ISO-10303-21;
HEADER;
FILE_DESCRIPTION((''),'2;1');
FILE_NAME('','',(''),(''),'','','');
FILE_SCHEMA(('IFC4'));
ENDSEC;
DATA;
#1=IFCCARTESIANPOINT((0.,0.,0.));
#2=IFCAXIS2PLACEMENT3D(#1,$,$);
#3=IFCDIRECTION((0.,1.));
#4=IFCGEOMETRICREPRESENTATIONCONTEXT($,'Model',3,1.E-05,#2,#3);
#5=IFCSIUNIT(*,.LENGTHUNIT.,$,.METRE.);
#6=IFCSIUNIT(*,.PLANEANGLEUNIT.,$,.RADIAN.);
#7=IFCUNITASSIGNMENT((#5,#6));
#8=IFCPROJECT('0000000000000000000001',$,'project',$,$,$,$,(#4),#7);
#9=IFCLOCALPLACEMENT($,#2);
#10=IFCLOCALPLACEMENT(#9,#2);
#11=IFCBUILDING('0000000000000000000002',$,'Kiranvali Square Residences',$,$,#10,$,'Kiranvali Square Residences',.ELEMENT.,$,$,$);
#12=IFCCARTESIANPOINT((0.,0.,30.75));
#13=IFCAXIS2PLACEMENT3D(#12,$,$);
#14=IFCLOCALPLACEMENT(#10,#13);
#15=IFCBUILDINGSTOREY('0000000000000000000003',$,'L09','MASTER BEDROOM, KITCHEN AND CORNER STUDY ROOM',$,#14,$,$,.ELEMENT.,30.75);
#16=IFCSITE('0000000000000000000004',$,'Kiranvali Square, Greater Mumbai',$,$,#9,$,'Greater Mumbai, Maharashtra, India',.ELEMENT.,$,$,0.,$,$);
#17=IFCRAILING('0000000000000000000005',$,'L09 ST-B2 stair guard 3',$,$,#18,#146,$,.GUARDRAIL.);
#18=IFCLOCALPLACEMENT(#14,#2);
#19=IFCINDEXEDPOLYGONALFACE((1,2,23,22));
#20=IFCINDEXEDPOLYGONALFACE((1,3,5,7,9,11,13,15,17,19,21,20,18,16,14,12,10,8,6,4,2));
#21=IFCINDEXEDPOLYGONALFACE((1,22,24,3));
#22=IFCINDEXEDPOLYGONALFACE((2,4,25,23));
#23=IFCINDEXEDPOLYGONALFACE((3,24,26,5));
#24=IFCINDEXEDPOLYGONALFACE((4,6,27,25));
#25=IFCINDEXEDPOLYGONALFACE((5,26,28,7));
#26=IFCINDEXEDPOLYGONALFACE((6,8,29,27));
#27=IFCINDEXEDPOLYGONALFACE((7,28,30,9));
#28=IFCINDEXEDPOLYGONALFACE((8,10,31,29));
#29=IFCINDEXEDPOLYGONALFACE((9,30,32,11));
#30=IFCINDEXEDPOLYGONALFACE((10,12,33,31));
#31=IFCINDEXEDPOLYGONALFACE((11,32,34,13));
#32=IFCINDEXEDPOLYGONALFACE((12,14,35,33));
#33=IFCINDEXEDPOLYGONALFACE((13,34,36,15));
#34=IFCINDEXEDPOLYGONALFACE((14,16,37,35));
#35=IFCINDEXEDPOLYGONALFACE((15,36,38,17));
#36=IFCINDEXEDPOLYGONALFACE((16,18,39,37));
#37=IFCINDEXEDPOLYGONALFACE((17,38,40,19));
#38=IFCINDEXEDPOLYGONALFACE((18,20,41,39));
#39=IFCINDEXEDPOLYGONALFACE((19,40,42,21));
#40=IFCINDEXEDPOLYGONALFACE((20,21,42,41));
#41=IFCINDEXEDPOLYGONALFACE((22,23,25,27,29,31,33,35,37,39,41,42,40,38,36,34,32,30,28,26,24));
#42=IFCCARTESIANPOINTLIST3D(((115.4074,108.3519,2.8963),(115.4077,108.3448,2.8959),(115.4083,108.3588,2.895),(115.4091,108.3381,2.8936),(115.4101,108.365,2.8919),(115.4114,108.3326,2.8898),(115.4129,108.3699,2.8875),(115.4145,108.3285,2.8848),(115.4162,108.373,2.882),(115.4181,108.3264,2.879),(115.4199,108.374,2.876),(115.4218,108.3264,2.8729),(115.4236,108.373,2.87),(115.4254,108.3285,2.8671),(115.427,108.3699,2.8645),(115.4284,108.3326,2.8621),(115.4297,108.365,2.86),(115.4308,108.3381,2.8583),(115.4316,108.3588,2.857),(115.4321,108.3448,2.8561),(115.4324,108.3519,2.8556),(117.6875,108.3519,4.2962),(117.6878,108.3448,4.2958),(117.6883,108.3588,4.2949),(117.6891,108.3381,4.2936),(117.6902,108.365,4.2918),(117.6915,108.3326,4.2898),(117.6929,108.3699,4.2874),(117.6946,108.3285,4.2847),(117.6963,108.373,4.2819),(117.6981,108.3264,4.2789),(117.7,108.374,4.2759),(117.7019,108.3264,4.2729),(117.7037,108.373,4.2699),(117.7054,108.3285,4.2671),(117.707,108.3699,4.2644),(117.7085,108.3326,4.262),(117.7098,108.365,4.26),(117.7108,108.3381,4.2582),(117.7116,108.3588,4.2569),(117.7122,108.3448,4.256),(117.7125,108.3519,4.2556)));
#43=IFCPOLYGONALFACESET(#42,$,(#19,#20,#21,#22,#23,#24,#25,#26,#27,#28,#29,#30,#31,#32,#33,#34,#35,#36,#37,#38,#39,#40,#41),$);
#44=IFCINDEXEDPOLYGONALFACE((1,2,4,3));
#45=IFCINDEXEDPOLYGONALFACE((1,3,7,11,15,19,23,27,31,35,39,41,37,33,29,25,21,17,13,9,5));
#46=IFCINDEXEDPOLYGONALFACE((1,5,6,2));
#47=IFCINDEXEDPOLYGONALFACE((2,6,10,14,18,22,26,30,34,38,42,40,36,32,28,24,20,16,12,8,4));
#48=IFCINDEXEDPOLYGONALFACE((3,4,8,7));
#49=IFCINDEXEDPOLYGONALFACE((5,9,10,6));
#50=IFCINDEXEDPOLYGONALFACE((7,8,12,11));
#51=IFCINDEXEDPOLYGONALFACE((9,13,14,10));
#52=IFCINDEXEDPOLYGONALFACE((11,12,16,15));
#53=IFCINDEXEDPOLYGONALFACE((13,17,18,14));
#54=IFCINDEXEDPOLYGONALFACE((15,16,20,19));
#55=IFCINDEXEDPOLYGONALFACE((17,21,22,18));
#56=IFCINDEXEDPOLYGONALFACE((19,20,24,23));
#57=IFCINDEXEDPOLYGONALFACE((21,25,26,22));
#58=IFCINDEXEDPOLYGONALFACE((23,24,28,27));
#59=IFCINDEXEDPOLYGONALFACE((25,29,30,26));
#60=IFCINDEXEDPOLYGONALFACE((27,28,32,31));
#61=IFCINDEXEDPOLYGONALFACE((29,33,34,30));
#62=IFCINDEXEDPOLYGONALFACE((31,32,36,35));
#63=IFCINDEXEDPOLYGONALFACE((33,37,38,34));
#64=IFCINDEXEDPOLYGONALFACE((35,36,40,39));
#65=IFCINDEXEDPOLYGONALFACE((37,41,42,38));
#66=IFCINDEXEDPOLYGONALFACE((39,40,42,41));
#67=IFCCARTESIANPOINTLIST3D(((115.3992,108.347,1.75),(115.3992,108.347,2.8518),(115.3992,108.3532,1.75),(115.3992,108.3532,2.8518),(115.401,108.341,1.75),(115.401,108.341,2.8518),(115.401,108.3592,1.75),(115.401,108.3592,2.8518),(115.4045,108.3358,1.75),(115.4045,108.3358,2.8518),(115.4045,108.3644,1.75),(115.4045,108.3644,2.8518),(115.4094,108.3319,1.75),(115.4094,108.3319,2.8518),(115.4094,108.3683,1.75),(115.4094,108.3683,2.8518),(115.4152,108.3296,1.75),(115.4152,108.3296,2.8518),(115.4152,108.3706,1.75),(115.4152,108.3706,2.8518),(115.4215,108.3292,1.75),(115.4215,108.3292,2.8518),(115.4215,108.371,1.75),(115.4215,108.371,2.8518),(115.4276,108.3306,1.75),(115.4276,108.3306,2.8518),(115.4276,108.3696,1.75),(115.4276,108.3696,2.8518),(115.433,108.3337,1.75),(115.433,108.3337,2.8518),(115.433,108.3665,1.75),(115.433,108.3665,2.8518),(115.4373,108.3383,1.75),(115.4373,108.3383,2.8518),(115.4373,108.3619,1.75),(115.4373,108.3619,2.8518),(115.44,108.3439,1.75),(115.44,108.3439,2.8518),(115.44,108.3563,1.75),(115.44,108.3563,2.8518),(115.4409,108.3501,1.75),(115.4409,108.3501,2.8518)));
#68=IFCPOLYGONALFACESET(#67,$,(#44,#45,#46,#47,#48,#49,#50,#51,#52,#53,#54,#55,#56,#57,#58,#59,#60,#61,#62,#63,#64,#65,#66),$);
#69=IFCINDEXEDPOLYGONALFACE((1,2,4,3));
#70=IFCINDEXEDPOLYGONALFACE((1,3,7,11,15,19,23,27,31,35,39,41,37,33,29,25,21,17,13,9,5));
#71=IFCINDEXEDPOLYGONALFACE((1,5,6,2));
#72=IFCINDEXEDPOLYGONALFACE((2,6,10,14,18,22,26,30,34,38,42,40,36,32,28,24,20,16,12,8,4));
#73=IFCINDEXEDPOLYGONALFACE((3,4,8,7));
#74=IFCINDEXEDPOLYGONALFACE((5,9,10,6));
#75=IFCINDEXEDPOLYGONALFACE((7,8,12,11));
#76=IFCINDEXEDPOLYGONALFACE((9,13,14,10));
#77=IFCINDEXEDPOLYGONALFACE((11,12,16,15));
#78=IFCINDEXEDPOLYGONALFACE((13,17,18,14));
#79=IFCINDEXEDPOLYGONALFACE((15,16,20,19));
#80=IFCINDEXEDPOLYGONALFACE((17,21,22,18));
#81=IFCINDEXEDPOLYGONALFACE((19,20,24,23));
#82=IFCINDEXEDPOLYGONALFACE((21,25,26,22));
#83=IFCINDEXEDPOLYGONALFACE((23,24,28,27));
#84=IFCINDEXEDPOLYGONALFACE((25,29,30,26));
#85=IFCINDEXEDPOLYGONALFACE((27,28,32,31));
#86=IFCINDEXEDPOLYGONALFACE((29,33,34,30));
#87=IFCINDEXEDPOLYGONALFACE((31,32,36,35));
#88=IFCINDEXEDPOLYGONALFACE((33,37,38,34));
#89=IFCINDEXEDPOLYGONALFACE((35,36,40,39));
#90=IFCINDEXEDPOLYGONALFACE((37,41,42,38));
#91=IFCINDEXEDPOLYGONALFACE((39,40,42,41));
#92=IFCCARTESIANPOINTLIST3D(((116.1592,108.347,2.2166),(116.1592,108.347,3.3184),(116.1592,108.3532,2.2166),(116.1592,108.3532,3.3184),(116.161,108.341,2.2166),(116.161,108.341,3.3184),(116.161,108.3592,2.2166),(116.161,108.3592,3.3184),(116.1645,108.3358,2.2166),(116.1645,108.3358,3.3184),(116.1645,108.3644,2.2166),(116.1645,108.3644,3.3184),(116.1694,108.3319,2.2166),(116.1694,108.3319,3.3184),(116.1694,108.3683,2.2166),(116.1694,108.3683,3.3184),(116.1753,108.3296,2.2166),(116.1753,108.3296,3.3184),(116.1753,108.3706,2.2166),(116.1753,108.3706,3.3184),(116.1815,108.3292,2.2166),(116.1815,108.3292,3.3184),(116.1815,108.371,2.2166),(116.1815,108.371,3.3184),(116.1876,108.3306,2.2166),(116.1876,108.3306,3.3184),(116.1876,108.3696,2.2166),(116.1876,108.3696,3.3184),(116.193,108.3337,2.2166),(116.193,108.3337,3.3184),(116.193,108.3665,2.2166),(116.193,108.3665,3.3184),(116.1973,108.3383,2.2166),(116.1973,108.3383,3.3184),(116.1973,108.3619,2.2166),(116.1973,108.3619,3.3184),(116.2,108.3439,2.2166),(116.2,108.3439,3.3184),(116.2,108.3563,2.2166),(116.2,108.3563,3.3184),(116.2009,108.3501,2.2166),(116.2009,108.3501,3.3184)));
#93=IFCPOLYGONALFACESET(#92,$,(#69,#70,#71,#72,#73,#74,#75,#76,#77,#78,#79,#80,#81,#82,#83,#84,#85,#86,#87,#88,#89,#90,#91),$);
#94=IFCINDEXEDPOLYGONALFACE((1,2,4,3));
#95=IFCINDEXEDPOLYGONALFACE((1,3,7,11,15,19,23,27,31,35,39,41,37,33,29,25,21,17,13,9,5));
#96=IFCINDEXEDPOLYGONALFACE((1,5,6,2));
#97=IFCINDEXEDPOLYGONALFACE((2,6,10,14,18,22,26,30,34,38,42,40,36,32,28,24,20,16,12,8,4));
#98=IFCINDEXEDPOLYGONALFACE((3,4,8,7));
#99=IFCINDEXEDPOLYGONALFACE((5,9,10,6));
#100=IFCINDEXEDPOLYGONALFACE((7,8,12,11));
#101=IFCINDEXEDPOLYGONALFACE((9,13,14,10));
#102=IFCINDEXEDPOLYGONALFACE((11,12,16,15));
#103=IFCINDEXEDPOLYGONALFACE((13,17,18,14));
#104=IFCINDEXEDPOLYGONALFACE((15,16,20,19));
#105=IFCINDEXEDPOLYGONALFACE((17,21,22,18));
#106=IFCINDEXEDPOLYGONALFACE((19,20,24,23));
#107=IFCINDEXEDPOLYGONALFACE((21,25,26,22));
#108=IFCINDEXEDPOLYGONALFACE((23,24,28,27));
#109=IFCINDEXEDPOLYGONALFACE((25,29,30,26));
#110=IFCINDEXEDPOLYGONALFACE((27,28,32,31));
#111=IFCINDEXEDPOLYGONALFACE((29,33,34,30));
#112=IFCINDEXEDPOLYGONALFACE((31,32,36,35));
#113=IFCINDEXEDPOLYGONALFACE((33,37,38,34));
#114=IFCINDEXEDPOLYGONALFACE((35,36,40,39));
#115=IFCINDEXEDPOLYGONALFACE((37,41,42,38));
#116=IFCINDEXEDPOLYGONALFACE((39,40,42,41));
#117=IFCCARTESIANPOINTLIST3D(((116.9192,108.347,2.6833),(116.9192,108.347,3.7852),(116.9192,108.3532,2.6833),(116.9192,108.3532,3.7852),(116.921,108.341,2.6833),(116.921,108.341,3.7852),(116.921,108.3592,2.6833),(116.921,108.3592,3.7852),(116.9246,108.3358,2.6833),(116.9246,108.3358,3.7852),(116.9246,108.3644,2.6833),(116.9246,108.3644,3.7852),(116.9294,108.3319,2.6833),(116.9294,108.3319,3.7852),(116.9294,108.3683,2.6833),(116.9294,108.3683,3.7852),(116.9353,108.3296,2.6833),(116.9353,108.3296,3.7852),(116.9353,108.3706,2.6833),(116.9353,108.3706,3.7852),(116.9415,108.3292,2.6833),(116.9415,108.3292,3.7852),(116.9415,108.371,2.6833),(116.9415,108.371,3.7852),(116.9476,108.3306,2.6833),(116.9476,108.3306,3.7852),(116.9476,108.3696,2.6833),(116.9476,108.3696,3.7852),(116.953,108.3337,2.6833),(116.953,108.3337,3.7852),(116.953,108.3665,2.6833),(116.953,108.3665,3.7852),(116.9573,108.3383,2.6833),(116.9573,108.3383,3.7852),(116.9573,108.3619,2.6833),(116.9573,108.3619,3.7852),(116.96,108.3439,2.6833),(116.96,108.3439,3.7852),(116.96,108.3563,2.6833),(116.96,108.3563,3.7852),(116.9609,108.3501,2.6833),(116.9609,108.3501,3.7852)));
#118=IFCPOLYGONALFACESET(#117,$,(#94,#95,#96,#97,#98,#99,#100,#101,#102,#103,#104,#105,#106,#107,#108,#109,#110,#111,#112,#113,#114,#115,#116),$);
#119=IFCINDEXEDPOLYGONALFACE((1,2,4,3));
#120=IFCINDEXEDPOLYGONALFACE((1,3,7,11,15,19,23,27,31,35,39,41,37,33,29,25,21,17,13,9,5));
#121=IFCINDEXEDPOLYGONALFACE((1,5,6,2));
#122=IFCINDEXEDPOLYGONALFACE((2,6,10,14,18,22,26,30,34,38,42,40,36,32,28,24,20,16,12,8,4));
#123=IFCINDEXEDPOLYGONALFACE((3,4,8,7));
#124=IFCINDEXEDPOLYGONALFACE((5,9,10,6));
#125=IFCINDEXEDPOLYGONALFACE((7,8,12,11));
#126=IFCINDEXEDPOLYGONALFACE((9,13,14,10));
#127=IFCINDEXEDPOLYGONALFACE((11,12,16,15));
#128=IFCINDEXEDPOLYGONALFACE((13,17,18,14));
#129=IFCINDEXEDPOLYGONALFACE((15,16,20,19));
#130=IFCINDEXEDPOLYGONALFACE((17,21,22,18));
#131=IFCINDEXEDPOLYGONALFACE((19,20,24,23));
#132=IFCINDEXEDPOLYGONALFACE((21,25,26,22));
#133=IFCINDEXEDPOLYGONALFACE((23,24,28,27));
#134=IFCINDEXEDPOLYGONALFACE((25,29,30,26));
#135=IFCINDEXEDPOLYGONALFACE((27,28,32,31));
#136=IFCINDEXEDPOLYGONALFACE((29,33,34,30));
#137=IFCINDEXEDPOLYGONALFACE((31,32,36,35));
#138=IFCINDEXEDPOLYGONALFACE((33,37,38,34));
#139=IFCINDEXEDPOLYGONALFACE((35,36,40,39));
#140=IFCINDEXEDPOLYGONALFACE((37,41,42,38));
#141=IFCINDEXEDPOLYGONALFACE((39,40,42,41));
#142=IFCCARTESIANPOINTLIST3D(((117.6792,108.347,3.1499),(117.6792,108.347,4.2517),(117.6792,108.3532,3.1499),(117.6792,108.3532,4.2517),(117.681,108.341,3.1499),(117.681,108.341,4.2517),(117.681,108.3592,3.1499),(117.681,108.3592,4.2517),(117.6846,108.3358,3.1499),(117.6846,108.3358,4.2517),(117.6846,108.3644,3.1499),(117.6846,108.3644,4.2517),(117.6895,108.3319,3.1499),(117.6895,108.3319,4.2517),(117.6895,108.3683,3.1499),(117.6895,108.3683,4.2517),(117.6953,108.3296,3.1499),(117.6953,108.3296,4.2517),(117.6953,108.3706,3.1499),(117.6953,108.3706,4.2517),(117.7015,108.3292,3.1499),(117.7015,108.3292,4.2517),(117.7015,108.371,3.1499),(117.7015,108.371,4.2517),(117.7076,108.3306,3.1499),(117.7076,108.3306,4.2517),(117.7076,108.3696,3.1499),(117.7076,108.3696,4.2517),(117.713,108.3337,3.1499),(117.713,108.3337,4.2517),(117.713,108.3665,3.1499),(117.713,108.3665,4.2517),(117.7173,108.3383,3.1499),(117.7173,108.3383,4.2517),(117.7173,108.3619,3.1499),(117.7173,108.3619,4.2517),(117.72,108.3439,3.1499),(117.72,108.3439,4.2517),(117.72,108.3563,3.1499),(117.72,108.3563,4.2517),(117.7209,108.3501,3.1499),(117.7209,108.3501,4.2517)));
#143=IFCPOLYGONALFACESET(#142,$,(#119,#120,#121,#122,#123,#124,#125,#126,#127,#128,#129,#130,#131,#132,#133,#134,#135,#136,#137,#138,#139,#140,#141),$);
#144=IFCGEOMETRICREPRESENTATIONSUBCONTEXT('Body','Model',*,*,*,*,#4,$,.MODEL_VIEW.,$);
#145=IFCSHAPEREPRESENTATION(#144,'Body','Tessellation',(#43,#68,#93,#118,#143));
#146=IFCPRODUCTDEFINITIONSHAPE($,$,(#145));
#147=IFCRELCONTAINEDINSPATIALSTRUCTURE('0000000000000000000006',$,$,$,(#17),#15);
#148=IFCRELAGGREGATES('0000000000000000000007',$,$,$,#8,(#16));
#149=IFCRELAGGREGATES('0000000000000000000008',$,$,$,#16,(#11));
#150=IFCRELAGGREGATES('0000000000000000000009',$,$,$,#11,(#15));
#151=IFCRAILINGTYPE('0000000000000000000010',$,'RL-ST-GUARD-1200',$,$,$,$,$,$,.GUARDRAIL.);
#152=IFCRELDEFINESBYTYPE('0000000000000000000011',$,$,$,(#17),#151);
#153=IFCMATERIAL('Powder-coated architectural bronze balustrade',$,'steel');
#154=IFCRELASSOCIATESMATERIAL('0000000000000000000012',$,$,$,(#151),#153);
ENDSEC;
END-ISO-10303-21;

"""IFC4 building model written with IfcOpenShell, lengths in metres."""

from ifc_helpers import new_model, si_unit, direction, frame, origin, origin_2d, place, context, subcontext, project, spatial, circle, extrude, material, type_object, element, save


model = new_model("IFC4")

# Units and contexts
model_context = context("Model", 3, precision=1e-05, world=origin(), true_north=direction((0.0, 1.0)))
body_context = subcontext(model_context, "Body", "Model", "MODEL_VIEW")
ifc_project = project(units=[si_unit("LENGTHUNIT", "METRE"), si_unit("PLANEANGLEUNIT", "RADIAN")], contexts=[model_context])

# Site, building, storey
site_placement = place(None, origin())
site = spatial("IfcSite", under=ifc_project, at=site_placement, Name="Kiranvali Square, Greater Mumbai", LongName="Greater Mumbai, Maharashtra, India", CompositionType="ELEMENT", RefElevation=0.0)
building_placement = place(site_placement, origin())
building = spatial("IfcBuilding", under=site, at=building_placement, Name="Kiranvali Square Residences", LongName="Kiranvali Square Residences", CompositionType="ELEMENT")
storey_placement = place(building_placement, frame((0.0, 0.0, 30.75)))
storey = spatial("IfcBuildingStorey", under=building, at=storey_placement, Name="L09", Description="MASTER BEDROOM, KITCHEN AND CORNER STUDY ROOM", CompositionType="ELEMENT", Elevation=30.75)

# Railing
ifc_material_1 = material(Name="Powder-coated architectural bronze balustrade", Category="steel")
railing_type_1 = type_object("IfcRailingType", Name="RL-ST-GUARD-1200", PredefinedType="GUARDRAIL", material=ifc_material_1)
railing_1_placement = place(storey_placement, frame((115.4199, 108.3501, 1.75)))
element("IfcRailing", 1, at=railing_1_placement, inside=storey, type_object=railing_type_1, Name="L09 ST-B2 stair guard 3", PredefinedType="GUARDRAIL", context=body_context, shape_type="SweptSolid", body=[
    extrude(circle(Radius=0.0239, at=origin_2d()), frame((0.0, 0.0, 1.126), z_axis=(0.85219, 0.0, 0.523232), x_axis=(0.0, 1.0, 0.0)), (0.0, 0.0, 1.0), 2.6755),
    extrude(circle(Radius=0.021, at=origin_2d()), origin(), (0.0, 0.0, 1.0), 1.1018),
    extrude(circle(Radius=0.021, at=origin_2d()), frame((0.76, 0.0, 0.4666)), (0.0, 0.0, 1.0), 1.1018),
    extrude(circle(Radius=0.021, at=origin_2d()), frame((1.52, 0.0, 0.9333)), (0.0, 0.0, 1.0), 1.1018),
    extrude(circle(Radius=0.021, at=origin_2d()), frame((2.28, 0.0, 1.3999)), (0.0, 0.0, 1.0), 1.1018),
])

save(model, "model.ifc")
